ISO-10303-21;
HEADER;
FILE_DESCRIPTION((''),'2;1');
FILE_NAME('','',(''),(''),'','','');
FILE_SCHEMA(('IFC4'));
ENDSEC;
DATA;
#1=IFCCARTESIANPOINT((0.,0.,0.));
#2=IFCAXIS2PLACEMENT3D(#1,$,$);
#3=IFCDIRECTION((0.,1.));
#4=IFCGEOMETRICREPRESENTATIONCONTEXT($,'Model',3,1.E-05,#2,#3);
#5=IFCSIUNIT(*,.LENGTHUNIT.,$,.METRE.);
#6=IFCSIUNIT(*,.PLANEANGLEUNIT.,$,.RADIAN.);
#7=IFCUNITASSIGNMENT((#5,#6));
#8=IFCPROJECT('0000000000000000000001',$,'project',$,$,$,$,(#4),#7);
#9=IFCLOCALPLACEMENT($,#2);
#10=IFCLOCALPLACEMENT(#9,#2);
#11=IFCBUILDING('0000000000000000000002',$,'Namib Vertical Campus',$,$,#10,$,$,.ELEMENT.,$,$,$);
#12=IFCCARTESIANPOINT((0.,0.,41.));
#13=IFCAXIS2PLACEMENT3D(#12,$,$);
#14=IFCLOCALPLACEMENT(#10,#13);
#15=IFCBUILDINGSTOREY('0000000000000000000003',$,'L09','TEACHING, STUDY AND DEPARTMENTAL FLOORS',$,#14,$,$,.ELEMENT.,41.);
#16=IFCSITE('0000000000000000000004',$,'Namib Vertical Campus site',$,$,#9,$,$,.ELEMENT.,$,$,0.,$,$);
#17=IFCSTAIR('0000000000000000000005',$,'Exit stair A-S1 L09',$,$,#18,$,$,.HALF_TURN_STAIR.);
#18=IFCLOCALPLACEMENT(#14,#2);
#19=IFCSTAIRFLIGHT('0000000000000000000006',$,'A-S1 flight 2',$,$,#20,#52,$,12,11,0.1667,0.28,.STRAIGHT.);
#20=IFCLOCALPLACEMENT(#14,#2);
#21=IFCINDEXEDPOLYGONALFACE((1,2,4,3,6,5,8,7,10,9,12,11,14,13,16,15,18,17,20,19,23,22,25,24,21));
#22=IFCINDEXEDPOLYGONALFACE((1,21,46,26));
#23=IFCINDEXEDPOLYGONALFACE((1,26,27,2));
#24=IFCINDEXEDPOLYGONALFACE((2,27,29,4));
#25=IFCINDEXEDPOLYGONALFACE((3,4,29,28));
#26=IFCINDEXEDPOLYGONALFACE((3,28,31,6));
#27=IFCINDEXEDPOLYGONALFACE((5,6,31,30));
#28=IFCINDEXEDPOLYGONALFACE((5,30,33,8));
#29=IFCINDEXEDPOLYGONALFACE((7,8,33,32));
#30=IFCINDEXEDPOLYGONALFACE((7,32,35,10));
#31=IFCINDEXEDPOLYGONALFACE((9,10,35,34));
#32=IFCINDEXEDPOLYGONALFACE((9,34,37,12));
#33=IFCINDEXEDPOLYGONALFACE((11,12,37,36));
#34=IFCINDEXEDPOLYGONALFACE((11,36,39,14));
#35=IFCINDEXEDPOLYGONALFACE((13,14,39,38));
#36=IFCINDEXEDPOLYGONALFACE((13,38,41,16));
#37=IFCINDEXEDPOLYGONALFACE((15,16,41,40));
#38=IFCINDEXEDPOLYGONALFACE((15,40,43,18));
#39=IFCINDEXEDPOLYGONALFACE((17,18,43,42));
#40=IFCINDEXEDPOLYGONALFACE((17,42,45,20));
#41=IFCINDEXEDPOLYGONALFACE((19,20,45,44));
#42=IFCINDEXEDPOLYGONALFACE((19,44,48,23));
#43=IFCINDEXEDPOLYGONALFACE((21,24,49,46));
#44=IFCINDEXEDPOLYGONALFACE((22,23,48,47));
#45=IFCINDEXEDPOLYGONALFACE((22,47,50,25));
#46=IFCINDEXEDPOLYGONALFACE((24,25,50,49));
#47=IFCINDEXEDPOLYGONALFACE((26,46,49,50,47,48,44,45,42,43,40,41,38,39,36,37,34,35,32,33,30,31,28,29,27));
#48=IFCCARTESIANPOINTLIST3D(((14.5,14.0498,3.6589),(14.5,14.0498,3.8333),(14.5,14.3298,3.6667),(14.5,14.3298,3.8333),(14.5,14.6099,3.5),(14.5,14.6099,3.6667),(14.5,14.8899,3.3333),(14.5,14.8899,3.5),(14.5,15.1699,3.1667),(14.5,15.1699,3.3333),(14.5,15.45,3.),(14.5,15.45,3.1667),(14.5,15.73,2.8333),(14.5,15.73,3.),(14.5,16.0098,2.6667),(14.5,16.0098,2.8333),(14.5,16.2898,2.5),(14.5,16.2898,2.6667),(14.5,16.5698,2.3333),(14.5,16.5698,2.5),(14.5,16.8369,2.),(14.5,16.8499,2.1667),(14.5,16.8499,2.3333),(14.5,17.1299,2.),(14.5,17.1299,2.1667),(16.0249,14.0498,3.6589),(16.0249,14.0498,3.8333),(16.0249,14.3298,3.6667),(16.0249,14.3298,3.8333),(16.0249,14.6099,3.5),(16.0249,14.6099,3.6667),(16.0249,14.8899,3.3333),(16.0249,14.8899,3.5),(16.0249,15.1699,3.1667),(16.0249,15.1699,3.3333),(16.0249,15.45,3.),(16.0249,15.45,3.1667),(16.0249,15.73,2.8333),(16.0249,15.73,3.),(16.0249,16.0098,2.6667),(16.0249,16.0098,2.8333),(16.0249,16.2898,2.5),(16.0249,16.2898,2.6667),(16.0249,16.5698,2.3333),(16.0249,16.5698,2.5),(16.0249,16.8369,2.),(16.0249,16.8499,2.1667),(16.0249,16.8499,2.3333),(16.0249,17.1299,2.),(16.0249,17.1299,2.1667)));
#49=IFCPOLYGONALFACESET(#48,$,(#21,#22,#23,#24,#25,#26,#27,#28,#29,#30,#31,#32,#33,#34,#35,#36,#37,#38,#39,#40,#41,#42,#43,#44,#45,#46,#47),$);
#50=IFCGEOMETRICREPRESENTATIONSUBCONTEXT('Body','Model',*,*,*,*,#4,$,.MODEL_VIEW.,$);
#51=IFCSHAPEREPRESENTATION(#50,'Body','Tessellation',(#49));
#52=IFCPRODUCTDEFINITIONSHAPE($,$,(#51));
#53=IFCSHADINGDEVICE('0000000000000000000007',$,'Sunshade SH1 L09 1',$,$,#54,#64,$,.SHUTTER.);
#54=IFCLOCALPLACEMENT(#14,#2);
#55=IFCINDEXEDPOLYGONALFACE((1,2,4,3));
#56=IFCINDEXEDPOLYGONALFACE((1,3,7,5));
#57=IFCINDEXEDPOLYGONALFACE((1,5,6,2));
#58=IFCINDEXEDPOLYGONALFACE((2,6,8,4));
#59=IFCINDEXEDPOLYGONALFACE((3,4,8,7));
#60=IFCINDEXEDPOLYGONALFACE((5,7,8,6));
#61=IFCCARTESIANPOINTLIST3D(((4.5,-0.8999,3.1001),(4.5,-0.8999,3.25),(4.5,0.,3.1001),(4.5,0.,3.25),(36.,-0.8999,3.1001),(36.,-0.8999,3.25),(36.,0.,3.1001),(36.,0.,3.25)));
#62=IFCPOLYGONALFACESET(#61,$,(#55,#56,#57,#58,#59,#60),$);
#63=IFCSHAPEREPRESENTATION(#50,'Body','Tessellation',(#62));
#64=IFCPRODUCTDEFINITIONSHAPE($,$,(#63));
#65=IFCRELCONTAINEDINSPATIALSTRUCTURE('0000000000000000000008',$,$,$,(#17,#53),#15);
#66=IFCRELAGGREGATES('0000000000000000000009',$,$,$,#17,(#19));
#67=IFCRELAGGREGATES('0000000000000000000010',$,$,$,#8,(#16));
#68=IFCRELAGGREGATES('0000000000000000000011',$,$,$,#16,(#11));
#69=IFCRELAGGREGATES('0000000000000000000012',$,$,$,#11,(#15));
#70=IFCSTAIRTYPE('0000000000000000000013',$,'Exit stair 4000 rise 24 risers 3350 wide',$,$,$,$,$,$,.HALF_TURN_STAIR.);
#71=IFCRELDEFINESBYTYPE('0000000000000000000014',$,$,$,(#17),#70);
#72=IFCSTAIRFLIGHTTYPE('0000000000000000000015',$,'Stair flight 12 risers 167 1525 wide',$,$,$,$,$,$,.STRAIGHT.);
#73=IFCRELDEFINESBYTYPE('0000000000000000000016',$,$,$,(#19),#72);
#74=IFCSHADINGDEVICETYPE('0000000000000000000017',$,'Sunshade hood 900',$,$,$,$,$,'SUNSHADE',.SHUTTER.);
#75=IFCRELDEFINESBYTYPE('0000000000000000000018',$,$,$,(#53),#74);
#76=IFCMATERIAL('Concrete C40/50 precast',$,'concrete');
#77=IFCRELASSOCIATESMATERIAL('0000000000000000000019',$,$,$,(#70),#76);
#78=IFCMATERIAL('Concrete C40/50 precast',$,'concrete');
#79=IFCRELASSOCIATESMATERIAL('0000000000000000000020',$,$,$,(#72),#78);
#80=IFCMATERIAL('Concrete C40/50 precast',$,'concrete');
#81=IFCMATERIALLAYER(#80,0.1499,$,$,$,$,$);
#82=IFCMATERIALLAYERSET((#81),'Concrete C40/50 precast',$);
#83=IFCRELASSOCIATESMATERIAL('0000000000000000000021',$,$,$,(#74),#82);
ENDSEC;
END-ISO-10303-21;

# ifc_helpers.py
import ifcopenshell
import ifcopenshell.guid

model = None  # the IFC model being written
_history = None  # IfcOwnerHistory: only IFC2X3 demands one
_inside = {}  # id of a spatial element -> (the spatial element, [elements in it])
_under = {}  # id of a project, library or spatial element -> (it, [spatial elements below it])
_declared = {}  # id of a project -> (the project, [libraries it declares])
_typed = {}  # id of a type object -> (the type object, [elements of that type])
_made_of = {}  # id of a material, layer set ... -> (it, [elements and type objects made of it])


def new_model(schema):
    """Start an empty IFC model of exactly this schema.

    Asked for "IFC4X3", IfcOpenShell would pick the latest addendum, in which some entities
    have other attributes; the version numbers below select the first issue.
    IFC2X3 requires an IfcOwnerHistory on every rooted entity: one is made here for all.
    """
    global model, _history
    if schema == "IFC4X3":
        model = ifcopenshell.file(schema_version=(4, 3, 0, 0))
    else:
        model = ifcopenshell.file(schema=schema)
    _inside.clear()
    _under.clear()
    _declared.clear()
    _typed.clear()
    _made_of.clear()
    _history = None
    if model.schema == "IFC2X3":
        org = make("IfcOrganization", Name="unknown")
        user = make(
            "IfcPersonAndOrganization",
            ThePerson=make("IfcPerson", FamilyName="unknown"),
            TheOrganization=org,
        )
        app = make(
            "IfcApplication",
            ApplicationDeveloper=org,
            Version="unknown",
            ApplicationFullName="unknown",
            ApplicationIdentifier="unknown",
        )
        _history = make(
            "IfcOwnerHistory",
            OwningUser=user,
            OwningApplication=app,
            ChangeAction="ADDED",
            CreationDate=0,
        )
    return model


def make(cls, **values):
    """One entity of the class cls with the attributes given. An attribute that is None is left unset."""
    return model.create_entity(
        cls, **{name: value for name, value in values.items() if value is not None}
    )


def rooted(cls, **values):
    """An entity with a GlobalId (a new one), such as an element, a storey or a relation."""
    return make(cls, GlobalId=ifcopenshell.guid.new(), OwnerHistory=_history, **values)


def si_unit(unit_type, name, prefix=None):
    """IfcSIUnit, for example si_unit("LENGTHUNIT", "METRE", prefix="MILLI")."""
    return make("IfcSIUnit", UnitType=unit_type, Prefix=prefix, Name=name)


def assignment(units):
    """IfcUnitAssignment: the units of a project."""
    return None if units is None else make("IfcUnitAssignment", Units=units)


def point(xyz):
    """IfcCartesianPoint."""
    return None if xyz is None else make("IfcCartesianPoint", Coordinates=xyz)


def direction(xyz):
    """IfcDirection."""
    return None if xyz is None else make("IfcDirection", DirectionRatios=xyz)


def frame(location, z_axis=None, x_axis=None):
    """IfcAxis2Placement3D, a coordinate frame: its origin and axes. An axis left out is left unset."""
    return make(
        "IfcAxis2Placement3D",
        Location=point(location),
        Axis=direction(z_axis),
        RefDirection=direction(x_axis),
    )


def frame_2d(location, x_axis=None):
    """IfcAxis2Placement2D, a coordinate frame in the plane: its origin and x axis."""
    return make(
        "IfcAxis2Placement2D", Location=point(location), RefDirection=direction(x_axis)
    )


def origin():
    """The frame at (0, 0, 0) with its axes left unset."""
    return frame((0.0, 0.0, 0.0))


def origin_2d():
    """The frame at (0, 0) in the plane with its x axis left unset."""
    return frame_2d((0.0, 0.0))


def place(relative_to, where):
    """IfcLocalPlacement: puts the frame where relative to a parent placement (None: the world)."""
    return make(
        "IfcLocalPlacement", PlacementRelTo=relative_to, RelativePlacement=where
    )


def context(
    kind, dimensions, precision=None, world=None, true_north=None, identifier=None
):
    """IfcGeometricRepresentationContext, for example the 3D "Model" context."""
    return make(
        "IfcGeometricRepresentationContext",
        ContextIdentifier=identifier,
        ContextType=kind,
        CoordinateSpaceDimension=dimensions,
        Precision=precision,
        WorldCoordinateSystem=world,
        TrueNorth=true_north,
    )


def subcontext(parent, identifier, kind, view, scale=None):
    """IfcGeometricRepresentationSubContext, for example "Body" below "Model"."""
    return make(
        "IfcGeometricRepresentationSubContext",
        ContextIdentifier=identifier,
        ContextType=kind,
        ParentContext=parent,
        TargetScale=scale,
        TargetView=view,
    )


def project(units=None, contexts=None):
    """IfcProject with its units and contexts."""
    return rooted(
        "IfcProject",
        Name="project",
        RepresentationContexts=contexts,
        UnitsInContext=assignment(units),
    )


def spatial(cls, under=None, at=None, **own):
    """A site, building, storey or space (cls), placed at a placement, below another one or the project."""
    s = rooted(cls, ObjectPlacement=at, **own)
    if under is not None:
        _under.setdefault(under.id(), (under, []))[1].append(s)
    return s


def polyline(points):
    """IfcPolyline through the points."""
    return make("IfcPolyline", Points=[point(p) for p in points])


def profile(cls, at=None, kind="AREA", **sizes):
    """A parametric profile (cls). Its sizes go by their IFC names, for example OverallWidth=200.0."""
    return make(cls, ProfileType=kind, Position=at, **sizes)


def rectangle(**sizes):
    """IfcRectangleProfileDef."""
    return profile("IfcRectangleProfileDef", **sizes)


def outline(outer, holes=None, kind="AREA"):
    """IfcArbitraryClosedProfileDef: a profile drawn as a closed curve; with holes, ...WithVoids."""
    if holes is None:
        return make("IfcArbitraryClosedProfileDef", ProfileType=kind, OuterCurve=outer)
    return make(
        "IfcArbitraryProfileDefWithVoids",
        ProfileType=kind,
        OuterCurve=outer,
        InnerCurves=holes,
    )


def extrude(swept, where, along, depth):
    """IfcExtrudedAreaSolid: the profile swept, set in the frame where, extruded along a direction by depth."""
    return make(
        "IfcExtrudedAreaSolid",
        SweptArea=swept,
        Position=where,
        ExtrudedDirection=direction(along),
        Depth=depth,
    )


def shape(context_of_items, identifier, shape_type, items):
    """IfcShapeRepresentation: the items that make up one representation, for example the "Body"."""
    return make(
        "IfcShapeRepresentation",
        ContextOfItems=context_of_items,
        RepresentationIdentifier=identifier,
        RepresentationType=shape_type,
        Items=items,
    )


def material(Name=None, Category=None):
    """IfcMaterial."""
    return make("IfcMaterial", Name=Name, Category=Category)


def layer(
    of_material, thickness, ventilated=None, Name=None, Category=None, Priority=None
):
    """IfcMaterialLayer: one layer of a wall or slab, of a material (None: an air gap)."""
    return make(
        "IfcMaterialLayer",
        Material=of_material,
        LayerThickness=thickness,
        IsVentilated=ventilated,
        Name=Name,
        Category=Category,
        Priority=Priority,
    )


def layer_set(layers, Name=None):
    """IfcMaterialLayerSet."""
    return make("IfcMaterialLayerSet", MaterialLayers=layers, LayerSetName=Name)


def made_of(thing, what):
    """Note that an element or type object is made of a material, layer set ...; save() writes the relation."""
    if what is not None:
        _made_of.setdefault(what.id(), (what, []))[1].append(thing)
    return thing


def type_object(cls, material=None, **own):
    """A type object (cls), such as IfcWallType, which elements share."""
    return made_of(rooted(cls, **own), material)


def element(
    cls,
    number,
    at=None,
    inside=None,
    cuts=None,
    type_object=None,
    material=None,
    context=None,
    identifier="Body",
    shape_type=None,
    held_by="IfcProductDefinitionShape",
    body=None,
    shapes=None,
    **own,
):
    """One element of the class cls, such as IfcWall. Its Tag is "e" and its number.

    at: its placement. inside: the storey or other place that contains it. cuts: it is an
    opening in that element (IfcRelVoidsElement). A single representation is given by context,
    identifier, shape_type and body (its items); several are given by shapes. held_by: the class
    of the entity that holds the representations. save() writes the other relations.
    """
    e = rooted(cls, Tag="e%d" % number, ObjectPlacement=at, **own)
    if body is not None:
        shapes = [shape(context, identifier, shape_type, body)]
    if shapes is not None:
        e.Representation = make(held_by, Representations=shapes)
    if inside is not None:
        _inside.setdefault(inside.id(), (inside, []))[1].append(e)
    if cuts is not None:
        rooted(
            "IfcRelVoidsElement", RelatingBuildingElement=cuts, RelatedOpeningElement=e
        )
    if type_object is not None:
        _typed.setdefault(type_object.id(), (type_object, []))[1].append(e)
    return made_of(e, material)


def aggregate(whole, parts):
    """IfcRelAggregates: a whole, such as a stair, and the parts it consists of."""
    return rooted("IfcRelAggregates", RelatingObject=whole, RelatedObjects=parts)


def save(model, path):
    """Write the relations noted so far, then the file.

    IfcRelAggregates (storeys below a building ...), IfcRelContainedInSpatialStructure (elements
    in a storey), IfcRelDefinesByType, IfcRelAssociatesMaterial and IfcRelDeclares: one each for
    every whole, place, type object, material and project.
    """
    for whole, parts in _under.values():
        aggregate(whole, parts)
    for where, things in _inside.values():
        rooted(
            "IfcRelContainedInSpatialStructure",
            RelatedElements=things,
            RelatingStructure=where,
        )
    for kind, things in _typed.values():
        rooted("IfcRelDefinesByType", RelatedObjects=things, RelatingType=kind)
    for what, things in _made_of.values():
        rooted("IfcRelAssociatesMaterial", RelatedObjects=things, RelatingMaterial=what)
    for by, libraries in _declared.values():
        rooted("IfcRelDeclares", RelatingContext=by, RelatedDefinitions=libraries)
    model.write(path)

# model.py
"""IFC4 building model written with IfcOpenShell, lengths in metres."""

from ifc_helpers import new_model, si_unit, direction, frame, origin, origin_2d, place, context, subcontext, project, spatial, polyline, rectangle, outline, extrude, material, layer, layer_set, type_object, element, aggregate, save


model = new_model("IFC4")

# Units and contexts
model_context = context("Model", 3, precision=1e-05, world=origin(), true_north=direction((0.0, 1.0)))
body_context = subcontext(model_context, "Body", "Model", "MODEL_VIEW")
ifc_project = project(units=[si_unit("LENGTHUNIT", "METRE"), si_unit("PLANEANGLEUNIT", "RADIAN")], contexts=[model_context])

# Site, building, storey
site_placement = place(None, origin())
site = spatial("IfcSite", under=ifc_project, at=site_placement, Name="Namib Vertical Campus site", CompositionType="ELEMENT", RefElevation=0.0)
building_placement = place(site_placement, origin())
building = spatial("IfcBuilding", under=site, at=building_placement, Name="Namib Vertical Campus", CompositionType="ELEMENT")
storey_placement = place(building_placement, frame((0.0, 0.0, 41.0)))
storey = spatial("IfcBuildingStorey", under=building, at=storey_placement, Name="L09", Description="TEACHING, STUDY AND DEPARTMENTAL FLOORS", CompositionType="ELEMENT", Elevation=41.0)

# Stair, stair flight
ifc_material_1 = material(Name="Concrete C40/50 precast", Category="concrete")
stair_type = type_object("IfcStairType", Name="Exit stair 4000 rise 24 risers 3350 wide", PredefinedType="HALF_TURN_STAIR", material=ifc_material_1)
stair_placement = place(storey_placement, origin())
stair = element("IfcStair", 1, at=stair_placement, inside=storey, type_object=stair_type, Name="Exit stair A-S1 L09", PredefinedType="HALF_TURN_STAIR")
ifc_material_2 = material(Name="Concrete C40/50 precast", Category="concrete")
stair_flight_type = type_object("IfcStairFlightType", Name="Stair flight 12 risers 167 1525 wide", PredefinedType="STRAIGHT", material=ifc_material_2)
stair_flight_1_placement = place(storey_placement, frame((15.2625, 17.1299, 2.0), z_axis=(0.0, 0.0, 1.0), x_axis=(0.0, -1.0, 0.0)))
stair_flight_1 = element("IfcStairFlight", 2, at=stair_flight_1_placement, type_object=stair_flight_type, Name="A-S1 flight 2", NumberOfRisers=12, NumberOfTreads=11, PredefinedType="STRAIGHT", RiserHeight=0.1667, TreadLength=0.28, context=body_context, shape_type="SweptSolid", body=[
    extrude(outline(polyline([(0.0, 0.0), (0.0, 0.1667), (0.28, 0.1667), (0.28, 0.3333), (0.5601, 0.3333), (0.5601, 0.5), (0.8401, 0.5), (0.8401, 0.6667), (1.1201, 0.6667), (1.1201, 0.8333), (1.3999, 0.8333), (1.3999, 1.0), (1.6799, 1.0), (1.6799, 1.1667), (1.96, 1.1667), (1.96, 1.3333), (2.24, 1.3333), (2.24, 1.5), (2.52, 1.5), (2.52, 1.6667), (2.8, 1.6667), (2.8, 1.8333), (3.0801, 1.8333), (3.0801, 2.0), (3.0801, 1.6589), (0.293, 0.0), (0.0, 0.0)])), frame((0.0, 0.7625, 0.0), z_axis=(0.0, -1.0, 0.0), x_axis=(1.0, 0.0, 0.0)), (0.0, 0.0, 1.0), 1.5249),
])
aggregate(stair, [stair_flight_1])

# Shading device
ifc_material_3 = material(Name="Concrete C40/50 precast", Category="concrete")
ifc_layer_1 = layer(ifc_material_3, 0.1499)
ifc_layer_set_1 = layer_set([ifc_layer_1], Name="Concrete C40/50 precast")
shading_device_type = type_object("IfcShadingDeviceType", Name="Sunshade hood 900", ElementType="SUNSHADE", PredefinedType="SHUTTER", material=ifc_layer_set_1)
shading_device_placement = place(storey_placement, frame((20.25, -0.45, 3.1001), z_axis=(0.0, 0.0, 1.0), x_axis=(1.0, 0.0, 0.0)))
element("IfcShadingDevice", 3, at=shading_device_placement, inside=storey, type_object=shading_device_type, Name="Sunshade SH1 L09 1", PredefinedType="SHUTTER", context=body_context, shape_type="SweptSolid", body=[
    extrude(rectangle(XDim=31.5, YDim=0.8999, at=origin_2d()), origin(), (0.0, 0.0, 1.0), 0.1499),
])

save(model, "model.ifc")
